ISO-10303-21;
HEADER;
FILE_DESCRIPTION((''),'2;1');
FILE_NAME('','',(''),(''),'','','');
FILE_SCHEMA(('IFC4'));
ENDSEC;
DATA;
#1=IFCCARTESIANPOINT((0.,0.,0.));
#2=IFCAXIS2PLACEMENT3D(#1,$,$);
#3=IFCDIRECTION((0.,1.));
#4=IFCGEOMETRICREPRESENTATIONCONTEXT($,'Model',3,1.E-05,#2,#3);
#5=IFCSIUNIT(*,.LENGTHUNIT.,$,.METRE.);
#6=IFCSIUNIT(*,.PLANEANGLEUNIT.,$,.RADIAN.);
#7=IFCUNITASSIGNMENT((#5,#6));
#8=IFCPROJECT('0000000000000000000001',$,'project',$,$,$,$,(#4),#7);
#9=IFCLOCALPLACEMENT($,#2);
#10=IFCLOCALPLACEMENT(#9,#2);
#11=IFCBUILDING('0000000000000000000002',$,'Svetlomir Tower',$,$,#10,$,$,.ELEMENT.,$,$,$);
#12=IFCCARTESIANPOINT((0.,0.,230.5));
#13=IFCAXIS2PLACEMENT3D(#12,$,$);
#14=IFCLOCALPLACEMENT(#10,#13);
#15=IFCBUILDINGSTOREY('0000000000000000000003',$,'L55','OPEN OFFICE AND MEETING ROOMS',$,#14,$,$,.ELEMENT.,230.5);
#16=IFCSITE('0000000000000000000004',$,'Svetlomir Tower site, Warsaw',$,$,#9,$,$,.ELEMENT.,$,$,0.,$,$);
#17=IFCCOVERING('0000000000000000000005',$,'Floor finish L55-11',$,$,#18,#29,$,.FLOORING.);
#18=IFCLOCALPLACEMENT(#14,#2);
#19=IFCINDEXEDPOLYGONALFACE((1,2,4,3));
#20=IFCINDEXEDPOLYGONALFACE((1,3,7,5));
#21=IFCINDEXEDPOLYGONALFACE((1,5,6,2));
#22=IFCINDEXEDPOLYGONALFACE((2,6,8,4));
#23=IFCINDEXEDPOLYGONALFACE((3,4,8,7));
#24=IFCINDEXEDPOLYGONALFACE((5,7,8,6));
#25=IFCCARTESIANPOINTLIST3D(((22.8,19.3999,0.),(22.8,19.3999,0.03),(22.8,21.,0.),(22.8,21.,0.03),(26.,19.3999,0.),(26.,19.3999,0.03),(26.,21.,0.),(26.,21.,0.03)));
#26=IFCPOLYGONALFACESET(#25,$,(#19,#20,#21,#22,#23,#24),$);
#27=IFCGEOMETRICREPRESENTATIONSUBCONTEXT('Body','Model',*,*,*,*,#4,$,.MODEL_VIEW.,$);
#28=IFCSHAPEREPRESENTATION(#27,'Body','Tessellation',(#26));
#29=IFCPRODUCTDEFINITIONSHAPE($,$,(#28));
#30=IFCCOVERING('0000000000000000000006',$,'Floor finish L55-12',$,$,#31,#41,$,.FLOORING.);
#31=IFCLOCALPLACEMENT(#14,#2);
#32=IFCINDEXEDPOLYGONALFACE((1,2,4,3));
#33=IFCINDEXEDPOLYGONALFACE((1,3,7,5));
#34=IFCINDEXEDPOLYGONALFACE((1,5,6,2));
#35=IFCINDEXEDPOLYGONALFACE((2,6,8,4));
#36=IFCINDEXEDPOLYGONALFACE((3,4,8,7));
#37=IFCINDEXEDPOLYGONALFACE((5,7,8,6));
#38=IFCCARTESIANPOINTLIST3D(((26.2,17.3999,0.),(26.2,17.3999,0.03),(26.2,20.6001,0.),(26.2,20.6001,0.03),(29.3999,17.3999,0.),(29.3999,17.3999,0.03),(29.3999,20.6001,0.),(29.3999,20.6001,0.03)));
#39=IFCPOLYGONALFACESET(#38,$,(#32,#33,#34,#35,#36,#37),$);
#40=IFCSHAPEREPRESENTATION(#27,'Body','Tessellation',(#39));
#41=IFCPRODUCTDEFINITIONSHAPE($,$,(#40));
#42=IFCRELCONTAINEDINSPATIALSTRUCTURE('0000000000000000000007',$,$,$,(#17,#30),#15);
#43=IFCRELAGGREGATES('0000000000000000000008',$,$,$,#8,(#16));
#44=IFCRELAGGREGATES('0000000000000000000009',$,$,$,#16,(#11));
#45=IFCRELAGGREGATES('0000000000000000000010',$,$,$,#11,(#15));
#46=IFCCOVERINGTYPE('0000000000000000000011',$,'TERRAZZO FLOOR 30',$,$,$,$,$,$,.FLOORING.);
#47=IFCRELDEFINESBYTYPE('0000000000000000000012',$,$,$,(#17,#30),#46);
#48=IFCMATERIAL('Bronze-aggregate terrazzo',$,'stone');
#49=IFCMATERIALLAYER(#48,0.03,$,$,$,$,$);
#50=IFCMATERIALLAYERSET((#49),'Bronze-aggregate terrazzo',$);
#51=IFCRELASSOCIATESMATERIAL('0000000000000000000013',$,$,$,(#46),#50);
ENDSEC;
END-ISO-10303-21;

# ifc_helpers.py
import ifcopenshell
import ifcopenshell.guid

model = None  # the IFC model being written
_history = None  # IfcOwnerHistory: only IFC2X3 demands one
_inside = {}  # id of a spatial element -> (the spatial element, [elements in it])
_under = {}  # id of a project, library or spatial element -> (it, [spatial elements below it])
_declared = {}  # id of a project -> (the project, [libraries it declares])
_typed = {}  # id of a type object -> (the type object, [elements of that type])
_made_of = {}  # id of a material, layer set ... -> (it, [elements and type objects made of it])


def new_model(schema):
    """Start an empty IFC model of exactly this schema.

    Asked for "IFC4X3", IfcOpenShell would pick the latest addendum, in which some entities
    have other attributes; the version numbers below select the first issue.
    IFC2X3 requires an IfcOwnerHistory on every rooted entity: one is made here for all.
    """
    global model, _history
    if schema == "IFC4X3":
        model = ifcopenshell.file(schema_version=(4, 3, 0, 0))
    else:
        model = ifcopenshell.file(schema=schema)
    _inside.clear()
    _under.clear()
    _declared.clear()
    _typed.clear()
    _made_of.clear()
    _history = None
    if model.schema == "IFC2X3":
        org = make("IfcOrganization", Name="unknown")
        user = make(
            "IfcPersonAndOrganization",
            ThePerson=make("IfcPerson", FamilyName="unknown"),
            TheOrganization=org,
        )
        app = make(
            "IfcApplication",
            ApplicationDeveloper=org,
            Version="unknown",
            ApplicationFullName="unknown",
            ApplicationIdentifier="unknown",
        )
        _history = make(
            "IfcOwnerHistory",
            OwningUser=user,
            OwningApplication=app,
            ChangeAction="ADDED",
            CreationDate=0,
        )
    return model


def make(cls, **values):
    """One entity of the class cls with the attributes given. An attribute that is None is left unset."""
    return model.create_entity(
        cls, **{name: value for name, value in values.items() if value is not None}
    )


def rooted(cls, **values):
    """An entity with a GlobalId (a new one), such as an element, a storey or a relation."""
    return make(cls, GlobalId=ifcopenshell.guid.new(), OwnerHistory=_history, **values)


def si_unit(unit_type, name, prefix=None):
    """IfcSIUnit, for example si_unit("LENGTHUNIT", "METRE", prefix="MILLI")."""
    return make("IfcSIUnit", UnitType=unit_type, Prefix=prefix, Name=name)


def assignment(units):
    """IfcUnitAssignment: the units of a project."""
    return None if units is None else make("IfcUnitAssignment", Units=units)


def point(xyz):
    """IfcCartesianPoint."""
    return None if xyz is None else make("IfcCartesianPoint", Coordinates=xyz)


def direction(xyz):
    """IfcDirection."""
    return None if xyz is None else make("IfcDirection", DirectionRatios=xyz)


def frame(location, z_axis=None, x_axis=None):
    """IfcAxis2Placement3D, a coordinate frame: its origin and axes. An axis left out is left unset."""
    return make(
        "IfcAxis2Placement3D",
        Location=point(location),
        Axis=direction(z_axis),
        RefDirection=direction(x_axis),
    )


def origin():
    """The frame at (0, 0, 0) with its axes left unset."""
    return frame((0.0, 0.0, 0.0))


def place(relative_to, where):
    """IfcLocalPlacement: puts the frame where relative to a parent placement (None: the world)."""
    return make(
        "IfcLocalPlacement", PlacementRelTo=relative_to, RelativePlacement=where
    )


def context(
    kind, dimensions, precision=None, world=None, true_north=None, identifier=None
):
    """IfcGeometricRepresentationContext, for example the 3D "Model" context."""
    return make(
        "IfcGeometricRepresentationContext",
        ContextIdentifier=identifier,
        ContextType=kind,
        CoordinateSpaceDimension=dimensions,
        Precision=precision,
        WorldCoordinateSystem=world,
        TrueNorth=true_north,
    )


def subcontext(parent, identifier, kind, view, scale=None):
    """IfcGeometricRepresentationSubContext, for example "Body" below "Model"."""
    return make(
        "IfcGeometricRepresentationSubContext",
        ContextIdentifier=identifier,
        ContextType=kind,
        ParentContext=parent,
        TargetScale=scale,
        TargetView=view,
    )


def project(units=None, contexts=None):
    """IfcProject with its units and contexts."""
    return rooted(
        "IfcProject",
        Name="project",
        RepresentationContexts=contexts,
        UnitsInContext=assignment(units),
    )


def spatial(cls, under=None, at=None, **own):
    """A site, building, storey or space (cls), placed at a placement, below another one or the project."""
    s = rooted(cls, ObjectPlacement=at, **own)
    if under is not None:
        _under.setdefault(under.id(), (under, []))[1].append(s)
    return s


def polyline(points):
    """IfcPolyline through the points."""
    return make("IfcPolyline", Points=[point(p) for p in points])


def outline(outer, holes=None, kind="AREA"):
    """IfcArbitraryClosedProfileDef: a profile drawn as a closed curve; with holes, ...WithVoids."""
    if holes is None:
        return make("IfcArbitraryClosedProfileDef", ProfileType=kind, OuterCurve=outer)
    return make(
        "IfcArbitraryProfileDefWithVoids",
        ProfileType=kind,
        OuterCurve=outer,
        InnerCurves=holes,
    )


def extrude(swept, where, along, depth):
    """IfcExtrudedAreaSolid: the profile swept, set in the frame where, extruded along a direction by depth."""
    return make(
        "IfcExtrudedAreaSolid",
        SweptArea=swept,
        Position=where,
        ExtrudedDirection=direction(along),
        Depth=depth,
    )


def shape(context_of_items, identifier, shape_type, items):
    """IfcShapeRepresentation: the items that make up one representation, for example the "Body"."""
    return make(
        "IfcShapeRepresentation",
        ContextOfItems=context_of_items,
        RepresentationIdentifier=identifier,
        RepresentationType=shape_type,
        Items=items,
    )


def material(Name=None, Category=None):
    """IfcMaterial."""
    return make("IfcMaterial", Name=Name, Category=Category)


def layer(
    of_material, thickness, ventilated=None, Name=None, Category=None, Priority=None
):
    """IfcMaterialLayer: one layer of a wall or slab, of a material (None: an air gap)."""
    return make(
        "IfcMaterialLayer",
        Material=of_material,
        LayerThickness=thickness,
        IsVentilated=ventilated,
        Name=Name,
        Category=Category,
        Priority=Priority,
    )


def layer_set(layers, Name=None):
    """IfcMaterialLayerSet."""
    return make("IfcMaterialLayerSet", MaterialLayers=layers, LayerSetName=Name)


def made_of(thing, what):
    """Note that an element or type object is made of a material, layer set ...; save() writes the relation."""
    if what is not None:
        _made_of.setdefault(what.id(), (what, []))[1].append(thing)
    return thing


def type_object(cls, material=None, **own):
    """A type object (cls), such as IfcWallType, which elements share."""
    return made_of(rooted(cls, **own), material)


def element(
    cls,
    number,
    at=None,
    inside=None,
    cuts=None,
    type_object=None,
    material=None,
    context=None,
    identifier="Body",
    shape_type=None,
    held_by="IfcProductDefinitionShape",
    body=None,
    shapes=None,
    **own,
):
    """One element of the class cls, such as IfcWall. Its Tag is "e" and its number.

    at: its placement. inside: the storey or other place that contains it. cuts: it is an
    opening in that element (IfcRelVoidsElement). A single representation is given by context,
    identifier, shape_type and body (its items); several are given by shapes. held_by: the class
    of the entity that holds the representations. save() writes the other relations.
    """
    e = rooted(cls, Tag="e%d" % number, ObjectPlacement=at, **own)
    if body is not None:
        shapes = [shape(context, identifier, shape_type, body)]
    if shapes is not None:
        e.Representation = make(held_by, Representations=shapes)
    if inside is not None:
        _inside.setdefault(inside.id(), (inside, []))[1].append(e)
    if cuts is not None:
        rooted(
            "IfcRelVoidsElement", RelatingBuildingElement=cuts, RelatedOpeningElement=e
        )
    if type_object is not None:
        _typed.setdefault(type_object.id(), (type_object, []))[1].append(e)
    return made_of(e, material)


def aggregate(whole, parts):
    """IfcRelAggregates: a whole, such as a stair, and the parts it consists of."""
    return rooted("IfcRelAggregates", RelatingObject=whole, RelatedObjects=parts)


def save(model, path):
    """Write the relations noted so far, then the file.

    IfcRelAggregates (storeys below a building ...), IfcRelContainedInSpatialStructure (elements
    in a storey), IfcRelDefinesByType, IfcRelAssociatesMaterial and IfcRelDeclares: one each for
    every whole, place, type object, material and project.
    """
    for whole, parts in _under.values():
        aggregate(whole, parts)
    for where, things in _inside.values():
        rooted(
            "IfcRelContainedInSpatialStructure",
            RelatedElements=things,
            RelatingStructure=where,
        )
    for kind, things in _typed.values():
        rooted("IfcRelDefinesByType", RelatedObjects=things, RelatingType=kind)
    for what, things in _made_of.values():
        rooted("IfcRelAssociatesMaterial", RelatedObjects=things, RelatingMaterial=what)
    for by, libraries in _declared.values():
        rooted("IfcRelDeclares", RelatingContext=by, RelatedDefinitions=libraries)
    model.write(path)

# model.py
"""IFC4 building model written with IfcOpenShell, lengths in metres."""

from ifc_helpers import new_model, si_unit, direction, frame, origin, place, context, subcontext, project, spatial, polyline, outline, extrude, material, layer, layer_set, type_object, element, save


model = new_model("IFC4")

# Units and contexts
model_context = context("Model", 3, precision=1e-05, world=origin(), true_north=direction((0.0, 1.0)))
body_context = subcontext(model_context, "Body", "Model", "MODEL_VIEW")
ifc_project = project(units=[si_unit("LENGTHUNIT", "METRE"), si_unit("PLANEANGLEUNIT", "RADIAN")], contexts=[model_context])

# Site, building, storey
site_placement = place(None, origin())
site = spatial("IfcSite", under=ifc_project, at=site_placement, Name="Svetlomir Tower site, Warsaw", CompositionType="ELEMENT", RefElevation=0.0)
building_placement = place(site_placement, origin())
building = spatial("IfcBuilding", under=site, at=building_placement, Name="Svetlomir Tower", CompositionType="ELEMENT")
storey_placement = place(building_placement, frame((0.0, 0.0, 230.5)))
storey = spatial("IfcBuildingStorey", under=building, at=storey_placement, Name="L55", Description="OPEN OFFICE AND MEETING ROOMS", CompositionType="ELEMENT", Elevation=230.5)

# Coverings
ifc_material_1 = material(Name="Bronze-aggregate terrazzo", Category="stone")
ifc_layer_1 = layer(ifc_material_1, 0.03)
ifc_layer_set_1 = layer_set([ifc_layer_1], Name="Bronze-aggregate terrazzo")
covering_type_1 = type_object("IfcCoveringType", Name="TERRAZZO FLOOR 30", PredefinedType="FLOORING", material=ifc_layer_set_1)
covering_1_placement = place(storey_placement, origin())
element("IfcCovering", 1, at=covering_1_placement, inside=storey, type_object=covering_type_1, Name="Floor finish L55-11", PredefinedType="FLOORING", context=body_context, shape_type="SweptSolid", body=[
    extrude(outline(polyline([(22.8, 19.3999), (26.0, 19.3999), (26.0, 21.0), (22.8, 21.0), (22.8, 19.3999)])), origin(), (0.0, 0.0, 1.0), 0.03),
])
covering_2_placement = place(storey_placement, origin())
element("IfcCovering", 2, at=covering_2_placement, inside=storey, type_object=covering_type_1, Name="Floor finish L55-12", PredefinedType="FLOORING", context=body_context, shape_type="SweptSolid", body=[
    extrude(outline(polyline([(26.2, 17.3999), (29.3999, 17.3999), (29.3999, 20.6001), (26.2, 20.6001), (26.2, 17.3999)])), origin(), (0.0, 0.0, 1.0), 0.03),
])

save(model, "model.ifc")
